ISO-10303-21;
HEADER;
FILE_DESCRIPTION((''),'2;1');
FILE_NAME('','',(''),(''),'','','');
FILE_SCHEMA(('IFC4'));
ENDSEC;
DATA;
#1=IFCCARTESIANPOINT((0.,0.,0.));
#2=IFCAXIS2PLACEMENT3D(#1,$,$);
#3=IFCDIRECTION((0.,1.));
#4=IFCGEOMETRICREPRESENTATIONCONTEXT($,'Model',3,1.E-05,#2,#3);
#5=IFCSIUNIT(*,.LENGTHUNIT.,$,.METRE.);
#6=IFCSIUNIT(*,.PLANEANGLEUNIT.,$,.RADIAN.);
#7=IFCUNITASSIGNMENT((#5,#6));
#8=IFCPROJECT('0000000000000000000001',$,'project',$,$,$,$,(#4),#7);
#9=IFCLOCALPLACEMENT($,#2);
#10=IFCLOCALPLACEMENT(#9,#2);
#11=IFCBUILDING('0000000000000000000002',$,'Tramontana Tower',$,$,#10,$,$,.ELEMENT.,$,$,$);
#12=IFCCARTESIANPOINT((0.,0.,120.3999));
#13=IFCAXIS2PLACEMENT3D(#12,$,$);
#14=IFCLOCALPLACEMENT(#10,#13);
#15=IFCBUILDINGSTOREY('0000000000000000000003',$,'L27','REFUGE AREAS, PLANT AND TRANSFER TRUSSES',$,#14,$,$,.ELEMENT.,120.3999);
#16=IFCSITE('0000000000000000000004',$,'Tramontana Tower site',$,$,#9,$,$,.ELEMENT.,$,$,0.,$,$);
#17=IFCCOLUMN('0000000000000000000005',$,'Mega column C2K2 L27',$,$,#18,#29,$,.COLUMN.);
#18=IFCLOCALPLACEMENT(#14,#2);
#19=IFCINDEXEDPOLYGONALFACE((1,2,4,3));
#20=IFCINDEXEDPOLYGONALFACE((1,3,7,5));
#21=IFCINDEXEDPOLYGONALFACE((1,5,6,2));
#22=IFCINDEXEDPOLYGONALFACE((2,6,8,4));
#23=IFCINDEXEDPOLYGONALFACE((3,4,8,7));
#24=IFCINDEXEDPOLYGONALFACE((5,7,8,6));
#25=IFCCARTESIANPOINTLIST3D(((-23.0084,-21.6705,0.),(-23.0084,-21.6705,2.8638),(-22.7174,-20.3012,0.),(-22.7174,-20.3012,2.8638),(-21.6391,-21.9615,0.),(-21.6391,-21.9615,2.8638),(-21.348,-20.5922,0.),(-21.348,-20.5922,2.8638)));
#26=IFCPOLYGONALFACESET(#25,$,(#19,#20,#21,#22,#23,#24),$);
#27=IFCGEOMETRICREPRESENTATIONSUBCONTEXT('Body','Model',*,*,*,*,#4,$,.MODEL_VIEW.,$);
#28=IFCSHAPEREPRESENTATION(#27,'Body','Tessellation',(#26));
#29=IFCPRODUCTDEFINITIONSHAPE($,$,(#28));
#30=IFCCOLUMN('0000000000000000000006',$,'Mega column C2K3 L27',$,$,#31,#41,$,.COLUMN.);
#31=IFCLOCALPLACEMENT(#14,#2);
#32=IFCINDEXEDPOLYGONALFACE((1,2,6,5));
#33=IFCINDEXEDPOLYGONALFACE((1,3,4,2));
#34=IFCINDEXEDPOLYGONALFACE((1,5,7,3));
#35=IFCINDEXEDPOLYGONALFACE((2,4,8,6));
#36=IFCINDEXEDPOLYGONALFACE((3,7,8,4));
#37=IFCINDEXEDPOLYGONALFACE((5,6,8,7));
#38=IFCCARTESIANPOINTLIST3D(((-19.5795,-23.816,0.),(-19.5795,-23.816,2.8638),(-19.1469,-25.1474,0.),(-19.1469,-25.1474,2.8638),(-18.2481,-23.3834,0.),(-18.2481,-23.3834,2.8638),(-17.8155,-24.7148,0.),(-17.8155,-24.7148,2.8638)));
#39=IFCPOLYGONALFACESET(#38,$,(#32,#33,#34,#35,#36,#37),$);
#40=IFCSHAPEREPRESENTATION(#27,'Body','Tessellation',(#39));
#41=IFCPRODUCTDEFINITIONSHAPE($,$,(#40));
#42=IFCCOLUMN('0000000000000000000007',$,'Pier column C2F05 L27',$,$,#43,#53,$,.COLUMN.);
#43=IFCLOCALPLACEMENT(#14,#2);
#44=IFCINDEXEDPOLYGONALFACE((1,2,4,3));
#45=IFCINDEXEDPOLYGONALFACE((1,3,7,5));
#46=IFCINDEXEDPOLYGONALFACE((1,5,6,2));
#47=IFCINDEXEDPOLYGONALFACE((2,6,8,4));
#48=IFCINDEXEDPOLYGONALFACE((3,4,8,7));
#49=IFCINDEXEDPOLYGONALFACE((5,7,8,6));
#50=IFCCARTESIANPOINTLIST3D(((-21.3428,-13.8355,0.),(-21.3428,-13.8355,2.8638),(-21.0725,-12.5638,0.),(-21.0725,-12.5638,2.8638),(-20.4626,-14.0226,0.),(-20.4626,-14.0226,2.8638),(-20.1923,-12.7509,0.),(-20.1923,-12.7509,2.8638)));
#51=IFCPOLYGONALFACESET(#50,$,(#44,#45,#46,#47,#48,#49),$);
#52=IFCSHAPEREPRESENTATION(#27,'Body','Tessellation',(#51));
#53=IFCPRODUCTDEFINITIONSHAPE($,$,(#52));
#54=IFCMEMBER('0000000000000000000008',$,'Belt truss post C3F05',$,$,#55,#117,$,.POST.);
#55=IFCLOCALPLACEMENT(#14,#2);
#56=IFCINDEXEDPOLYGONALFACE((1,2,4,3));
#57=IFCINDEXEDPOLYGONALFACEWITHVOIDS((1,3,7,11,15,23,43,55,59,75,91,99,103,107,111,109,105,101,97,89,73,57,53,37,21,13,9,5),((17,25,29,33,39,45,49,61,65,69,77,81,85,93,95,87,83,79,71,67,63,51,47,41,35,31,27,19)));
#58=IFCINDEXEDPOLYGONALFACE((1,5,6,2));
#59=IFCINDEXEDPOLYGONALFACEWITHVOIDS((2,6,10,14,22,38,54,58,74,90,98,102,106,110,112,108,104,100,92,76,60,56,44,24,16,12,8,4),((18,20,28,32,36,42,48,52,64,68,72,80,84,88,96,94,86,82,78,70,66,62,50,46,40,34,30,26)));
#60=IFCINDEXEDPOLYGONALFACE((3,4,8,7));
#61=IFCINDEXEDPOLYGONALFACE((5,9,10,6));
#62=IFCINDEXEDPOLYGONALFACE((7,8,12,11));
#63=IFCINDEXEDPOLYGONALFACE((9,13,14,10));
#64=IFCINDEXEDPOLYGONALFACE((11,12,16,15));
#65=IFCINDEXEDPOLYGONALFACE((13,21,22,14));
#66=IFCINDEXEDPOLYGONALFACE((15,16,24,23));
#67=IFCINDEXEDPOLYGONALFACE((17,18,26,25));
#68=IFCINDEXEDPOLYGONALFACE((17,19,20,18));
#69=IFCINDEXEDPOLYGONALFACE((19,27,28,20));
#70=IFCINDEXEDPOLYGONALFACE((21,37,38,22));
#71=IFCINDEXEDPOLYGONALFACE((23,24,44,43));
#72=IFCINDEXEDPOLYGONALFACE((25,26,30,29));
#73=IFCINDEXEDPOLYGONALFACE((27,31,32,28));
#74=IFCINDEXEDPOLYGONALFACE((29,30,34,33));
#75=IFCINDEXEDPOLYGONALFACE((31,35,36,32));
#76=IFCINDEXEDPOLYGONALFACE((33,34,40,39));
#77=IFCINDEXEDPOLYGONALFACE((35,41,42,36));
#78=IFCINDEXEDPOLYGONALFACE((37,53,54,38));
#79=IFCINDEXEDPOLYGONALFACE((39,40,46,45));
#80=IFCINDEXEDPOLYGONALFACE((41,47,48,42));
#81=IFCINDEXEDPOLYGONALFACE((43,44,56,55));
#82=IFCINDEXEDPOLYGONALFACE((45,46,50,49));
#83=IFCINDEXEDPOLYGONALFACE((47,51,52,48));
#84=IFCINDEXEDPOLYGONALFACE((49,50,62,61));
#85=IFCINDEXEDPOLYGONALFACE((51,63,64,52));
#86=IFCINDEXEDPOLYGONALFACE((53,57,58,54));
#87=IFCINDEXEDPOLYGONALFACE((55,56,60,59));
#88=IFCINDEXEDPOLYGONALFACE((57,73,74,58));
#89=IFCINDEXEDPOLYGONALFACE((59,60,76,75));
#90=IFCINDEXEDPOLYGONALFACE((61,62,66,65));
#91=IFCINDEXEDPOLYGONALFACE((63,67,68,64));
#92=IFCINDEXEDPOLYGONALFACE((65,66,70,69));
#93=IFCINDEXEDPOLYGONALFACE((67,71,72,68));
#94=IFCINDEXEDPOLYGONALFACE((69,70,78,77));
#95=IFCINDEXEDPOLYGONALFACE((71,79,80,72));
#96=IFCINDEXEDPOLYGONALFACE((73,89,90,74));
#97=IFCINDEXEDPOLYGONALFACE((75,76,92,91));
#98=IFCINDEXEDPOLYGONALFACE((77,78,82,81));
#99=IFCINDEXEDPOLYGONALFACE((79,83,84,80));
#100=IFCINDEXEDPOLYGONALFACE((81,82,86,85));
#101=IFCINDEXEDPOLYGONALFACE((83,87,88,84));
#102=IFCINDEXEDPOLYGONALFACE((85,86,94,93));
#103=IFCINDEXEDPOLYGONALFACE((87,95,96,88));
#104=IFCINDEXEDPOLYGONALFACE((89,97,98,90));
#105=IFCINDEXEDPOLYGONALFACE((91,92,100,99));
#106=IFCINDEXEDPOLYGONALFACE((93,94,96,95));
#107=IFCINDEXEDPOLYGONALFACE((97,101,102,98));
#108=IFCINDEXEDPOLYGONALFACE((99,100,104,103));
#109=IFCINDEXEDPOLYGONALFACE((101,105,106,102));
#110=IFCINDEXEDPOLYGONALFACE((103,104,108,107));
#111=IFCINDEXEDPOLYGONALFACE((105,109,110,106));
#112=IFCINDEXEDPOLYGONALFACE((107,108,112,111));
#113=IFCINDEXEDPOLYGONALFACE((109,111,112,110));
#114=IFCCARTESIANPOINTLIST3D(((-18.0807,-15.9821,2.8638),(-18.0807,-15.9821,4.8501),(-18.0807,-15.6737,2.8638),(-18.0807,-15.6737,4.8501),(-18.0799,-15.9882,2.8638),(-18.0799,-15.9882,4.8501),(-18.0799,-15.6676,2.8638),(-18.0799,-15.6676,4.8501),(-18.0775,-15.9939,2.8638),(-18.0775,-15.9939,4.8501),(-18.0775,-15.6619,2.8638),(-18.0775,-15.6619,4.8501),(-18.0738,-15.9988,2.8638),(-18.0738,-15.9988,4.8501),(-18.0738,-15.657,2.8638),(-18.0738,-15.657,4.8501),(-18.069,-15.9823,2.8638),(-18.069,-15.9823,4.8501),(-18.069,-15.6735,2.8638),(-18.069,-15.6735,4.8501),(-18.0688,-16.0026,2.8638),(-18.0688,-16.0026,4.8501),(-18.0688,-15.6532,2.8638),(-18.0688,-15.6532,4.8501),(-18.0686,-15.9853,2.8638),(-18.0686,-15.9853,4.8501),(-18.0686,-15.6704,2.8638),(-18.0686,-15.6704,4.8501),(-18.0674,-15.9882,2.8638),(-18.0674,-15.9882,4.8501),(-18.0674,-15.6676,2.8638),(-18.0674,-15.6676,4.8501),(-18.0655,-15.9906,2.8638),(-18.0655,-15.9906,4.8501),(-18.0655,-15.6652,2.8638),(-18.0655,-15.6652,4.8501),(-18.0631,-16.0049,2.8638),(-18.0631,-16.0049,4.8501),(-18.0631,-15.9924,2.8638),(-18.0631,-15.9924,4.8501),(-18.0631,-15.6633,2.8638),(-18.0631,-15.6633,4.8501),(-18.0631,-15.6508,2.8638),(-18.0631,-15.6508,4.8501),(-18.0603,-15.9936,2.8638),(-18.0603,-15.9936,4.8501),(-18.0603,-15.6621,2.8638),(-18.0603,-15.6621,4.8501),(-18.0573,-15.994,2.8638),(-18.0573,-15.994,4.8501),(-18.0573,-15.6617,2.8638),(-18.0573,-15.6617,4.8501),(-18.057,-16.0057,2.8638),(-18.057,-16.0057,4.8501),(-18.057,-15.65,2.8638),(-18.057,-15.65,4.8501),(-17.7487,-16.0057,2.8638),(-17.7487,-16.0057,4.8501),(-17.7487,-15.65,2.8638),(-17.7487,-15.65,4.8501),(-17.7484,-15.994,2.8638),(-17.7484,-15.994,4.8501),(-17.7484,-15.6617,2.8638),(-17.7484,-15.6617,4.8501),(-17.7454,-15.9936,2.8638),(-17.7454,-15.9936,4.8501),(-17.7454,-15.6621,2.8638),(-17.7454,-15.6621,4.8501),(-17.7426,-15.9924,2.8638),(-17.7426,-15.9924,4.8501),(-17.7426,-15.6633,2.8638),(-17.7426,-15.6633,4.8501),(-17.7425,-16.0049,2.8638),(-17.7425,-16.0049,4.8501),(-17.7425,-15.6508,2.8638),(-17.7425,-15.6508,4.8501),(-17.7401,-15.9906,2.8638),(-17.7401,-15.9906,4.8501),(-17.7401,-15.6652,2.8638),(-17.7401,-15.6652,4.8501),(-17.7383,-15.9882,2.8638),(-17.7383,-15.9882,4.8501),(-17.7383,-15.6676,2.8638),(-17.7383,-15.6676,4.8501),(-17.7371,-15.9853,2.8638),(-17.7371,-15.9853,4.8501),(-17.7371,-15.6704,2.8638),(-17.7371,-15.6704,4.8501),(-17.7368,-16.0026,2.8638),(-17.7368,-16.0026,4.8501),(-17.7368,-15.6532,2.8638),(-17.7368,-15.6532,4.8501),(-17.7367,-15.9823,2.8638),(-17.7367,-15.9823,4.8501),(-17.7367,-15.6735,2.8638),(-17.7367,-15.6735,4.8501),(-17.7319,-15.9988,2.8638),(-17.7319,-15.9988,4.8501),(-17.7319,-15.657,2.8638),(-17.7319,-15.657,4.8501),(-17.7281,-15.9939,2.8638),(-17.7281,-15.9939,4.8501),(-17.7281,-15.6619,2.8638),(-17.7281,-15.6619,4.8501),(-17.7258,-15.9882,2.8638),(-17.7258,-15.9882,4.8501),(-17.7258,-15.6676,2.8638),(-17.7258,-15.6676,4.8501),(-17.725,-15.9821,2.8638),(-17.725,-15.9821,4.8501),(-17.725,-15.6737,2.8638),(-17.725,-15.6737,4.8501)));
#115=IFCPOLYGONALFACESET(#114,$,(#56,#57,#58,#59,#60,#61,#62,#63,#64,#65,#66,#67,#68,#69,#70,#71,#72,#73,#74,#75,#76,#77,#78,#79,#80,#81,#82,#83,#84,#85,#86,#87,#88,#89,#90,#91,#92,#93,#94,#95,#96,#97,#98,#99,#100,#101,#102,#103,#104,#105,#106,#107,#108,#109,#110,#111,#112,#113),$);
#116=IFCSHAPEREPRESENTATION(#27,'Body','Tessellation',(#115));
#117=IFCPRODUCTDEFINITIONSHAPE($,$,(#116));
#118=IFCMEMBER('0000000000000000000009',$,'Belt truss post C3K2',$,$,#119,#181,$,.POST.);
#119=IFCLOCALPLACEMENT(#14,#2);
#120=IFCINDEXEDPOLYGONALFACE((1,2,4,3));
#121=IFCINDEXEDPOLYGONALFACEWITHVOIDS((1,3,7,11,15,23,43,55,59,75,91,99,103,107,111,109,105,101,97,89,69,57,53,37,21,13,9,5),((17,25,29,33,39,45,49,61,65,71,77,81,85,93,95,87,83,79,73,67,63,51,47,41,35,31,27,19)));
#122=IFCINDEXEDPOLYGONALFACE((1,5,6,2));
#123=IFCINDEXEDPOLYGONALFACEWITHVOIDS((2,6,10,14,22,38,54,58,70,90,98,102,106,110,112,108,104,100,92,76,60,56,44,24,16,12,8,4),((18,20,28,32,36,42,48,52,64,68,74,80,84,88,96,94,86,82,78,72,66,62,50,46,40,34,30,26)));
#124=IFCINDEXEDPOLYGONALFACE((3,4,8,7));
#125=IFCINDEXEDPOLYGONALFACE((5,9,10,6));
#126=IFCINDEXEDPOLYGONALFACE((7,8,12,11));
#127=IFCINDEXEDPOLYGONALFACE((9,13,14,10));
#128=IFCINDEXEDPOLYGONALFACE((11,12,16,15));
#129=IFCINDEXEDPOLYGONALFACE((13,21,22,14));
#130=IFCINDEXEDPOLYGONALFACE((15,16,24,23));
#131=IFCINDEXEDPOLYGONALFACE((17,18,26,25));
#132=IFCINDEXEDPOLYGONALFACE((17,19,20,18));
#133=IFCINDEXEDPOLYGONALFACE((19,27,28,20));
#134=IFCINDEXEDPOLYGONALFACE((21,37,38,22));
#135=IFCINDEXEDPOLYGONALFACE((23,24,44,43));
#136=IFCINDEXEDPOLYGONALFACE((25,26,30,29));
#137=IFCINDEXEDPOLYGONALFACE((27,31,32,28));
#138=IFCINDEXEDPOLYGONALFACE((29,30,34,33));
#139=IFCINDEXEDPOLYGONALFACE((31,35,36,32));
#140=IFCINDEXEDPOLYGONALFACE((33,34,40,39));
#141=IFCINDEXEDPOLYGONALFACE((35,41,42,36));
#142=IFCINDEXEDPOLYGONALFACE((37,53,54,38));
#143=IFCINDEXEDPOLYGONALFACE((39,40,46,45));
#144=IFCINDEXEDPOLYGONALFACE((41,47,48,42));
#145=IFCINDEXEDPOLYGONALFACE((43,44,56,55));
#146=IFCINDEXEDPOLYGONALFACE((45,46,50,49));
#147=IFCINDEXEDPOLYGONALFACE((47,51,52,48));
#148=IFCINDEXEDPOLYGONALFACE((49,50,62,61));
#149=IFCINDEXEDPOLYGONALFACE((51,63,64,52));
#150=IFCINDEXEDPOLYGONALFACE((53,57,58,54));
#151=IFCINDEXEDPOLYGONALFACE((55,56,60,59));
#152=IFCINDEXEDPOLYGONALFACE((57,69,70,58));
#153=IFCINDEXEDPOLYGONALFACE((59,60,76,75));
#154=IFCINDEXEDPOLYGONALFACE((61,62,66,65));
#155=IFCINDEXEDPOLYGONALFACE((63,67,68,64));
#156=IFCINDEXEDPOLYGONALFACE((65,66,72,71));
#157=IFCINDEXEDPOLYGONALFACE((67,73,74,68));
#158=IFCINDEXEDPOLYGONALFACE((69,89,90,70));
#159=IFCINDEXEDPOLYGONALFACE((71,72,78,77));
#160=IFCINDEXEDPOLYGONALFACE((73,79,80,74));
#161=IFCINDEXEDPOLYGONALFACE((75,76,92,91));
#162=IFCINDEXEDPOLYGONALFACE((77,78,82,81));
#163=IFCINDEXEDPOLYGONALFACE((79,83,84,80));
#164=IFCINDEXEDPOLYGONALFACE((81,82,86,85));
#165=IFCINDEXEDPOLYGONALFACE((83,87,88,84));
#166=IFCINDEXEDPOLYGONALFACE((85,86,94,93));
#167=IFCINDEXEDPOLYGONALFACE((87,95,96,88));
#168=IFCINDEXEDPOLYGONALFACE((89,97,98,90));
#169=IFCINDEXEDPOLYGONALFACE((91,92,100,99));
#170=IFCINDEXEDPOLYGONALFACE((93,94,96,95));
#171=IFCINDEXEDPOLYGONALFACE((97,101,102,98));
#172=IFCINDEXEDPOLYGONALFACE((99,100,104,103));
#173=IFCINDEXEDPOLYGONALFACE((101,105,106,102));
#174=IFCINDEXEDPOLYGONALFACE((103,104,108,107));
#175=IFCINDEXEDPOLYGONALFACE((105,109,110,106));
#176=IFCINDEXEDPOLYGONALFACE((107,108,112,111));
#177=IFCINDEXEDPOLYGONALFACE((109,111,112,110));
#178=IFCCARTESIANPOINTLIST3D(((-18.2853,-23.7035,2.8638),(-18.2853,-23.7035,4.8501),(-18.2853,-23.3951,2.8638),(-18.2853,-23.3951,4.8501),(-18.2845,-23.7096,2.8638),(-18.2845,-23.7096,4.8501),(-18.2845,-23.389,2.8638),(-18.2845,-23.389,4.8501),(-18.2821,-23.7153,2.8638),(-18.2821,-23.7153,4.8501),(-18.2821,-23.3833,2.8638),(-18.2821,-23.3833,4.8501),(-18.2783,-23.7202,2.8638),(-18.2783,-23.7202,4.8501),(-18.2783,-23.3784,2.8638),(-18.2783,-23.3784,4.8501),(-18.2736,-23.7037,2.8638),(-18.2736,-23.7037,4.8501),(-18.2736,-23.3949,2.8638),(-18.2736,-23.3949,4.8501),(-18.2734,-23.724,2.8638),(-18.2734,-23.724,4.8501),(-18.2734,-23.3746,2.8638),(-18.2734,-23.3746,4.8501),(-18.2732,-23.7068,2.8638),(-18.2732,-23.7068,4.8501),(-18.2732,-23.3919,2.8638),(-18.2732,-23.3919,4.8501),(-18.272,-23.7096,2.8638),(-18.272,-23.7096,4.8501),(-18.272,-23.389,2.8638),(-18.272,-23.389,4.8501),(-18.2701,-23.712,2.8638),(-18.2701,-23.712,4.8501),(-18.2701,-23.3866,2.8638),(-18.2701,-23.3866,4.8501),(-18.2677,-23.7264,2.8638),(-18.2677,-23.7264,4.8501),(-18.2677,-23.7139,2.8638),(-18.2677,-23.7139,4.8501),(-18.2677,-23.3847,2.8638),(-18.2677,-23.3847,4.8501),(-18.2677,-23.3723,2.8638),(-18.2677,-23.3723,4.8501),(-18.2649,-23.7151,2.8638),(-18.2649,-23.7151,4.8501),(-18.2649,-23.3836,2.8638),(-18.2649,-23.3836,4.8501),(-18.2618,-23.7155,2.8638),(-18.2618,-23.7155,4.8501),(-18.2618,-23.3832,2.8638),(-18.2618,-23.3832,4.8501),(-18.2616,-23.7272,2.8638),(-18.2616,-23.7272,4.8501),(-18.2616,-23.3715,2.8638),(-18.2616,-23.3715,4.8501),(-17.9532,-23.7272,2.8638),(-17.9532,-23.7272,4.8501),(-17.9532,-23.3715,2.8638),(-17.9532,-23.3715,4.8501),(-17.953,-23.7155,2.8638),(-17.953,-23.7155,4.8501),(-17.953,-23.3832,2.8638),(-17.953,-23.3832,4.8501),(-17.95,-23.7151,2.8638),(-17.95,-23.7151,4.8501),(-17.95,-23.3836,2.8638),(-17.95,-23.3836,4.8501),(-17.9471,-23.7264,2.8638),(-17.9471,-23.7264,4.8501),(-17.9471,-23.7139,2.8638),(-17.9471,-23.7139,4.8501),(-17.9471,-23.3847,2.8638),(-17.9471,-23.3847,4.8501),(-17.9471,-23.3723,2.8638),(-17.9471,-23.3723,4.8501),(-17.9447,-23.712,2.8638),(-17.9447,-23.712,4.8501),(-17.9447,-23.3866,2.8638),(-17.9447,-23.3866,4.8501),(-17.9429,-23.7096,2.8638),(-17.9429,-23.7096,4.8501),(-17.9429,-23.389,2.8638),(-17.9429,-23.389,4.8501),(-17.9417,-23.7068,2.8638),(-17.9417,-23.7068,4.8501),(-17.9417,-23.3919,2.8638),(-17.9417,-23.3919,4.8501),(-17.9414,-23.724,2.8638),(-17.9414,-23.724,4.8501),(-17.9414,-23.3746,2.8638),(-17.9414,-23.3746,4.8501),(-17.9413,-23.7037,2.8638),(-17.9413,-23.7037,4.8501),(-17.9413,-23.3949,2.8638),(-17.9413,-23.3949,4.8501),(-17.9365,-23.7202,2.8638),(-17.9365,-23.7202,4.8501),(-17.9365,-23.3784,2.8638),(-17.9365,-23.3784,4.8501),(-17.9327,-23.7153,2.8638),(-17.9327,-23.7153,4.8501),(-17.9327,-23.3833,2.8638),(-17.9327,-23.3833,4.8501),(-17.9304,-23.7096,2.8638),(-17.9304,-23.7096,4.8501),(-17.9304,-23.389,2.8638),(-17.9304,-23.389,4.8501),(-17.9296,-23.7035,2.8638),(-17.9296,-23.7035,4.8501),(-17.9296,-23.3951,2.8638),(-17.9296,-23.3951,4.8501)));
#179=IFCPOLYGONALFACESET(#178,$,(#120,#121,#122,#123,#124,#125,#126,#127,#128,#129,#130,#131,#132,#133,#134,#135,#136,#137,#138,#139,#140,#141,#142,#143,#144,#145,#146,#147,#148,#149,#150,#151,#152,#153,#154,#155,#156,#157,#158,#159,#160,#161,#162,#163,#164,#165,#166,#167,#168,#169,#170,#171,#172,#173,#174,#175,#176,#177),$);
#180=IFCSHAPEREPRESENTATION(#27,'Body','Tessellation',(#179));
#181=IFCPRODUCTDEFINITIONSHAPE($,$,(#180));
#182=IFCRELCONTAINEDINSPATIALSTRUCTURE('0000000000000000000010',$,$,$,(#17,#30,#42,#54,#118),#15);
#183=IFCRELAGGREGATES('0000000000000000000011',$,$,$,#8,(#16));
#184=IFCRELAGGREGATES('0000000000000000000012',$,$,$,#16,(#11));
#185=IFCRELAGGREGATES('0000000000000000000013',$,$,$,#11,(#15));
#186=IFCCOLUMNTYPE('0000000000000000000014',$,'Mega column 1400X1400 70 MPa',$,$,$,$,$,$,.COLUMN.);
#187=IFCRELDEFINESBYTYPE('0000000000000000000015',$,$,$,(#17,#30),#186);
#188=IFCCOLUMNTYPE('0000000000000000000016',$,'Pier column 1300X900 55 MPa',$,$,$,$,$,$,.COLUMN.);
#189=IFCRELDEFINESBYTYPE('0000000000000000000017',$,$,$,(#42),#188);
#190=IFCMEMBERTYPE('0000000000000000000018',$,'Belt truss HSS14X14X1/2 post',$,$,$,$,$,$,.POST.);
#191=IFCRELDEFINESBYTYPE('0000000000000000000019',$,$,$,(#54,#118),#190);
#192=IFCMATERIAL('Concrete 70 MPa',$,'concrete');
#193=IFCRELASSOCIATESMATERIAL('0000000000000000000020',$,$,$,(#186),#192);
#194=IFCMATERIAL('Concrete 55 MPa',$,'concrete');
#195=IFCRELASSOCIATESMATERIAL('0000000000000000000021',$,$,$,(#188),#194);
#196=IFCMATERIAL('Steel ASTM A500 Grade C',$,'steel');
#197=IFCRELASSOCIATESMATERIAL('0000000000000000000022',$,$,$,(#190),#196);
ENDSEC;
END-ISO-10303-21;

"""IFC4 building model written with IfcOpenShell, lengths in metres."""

from ifc_helpers import new_model, si_unit, direction, frame, origin, origin_2d, place, context, subcontext, project, spatial, rectangle, hollow_rectangle, extrude, material, material_profile, profile_set, type_object, element, save


model = new_model("IFC4")

# Units and contexts
model_context = context("Model", 3, precision=1e-05, world=origin(), true_north=direction((0.0, 1.0)))
body_context = subcontext(model_context, "Body", "Model", "MODEL_VIEW")
ifc_project = project(units=[si_unit("LENGTHUNIT", "METRE"), si_unit("PLANEANGLEUNIT", "RADIAN")], contexts=[model_context])

# Site, building, storey
site_placement = place(None, origin())
site = spatial("IfcSite", under=ifc_project, at=site_placement, Name="Tramontana Tower site", CompositionType="ELEMENT", RefElevation=0.0)
building_placement = place(site_placement, origin())
building = spatial("IfcBuilding", under=site, at=building_placement, Name="Tramontana Tower", CompositionType="ELEMENT")
storey_placement = place(building_placement, frame((0.0, 0.0, 120.3999)))
storey = spatial("IfcBuildingStorey", under=building, at=storey_placement, Name="L27", Description="REFUGE AREAS, PLANT AND TRANSFER TRUSSES", CompositionType="ELEMENT", Elevation=120.3999)

# Columns
ifc_material_1 = material(Name="Concrete 70 MPa", Category="concrete")
ifc_material_profile_1 = material_profile(ifc_material_1, rectangle(XDim=1.3999, YDim=1.3999, at=origin_2d()), Name="Mega column 1400X1400 70 MPa")
ifc_profile_set_1 = profile_set([ifc_material_profile_1], Name="Concrete 70 MPa")
column_type_1 = type_object("IfcColumnType", Name="Mega column 1400X1400 70 MPa", PredefinedType="COLUMN", material=ifc_profile_set_1)
for number, where, z_axis, x_axis, name in (
    (1, (-22.1782, -21.1313, 0.0), (0.0, 0.0, 1.0), (-0.207912, -0.978148, 0.0), "Mega column C2K2 L27"),
    (2, (-18.6975, -24.2654, 0.0), (0.0, 0.0, 1.0), (0.951057, 0.309017, 0.0), "Mega column C2K3 L27"),
):
    element("IfcColumn", number, at=place(storey_placement, frame(where, z_axis=z_axis, x_axis=x_axis)), inside=storey, type_object=column_type_1, Name=name, PredefinedType="COLUMN", context=body_context, shape_type="SweptSolid", body=[
        extrude(rectangle(XDim=1.3999, YDim=1.3999, at=origin_2d()), origin(), (0.0, 0.0, 1.0), 2.8638),
    ])
ifc_material_2 = material(Name="Concrete 55 MPa", Category="concrete")
ifc_material_profile_2 = material_profile(ifc_material_2, rectangle(XDim=1.3, YDim=0.8999, at=origin_2d()), Name="Pier column 1300X900 55 MPa")
ifc_profile_set_2 = profile_set([ifc_material_profile_2], Name="Concrete 55 MPa")
column_type_2 = type_object("IfcColumnType", Name="Pier column 1300X900 55 MPa", PredefinedType="COLUMN", material=ifc_profile_set_2)
column_placement = place(storey_placement, frame((-20.7676, -13.2932, 0.0), z_axis=(0.0, 0.0, 1.0), x_axis=(-0.207912, -0.978148, 0.0)))
element("IfcColumn", 3, at=column_placement, inside=storey, type_object=column_type_2, Name="Pier column C2F05 L27", PredefinedType="COLUMN", context=body_context, shape_type="SweptSolid", body=[
    extrude(rectangle(XDim=1.3, YDim=0.8999, at=origin_2d()), origin(), (0.0, 0.0, 1.0), 2.8638),
])

# Members
ifc_material_3 = material(Name="Steel ASTM A500 Grade C", Category="steel")
ifc_material_profile_3 = material_profile(ifc_material_3, hollow_rectangle(XDim=0.3557, YDim=0.3557, WallThickness=0.0117, InnerFilletRadius=0.0117, OuterFilletRadius=0.0237, at=origin_2d()), Name="HSS14X14X1/2")
ifc_profile_set_3 = profile_set([ifc_material_profile_3], Name="Steel ASTM A500 Grade C")
member_type_1 = type_object("IfcMemberType", Name="Belt truss HSS14X14X1/2 post", PredefinedType="POST", material=ifc_profile_set_3)
for number, where, z_axis, x_axis, name in (
    (4, (-17.9028, -15.8279, 2.8638), (0.0, 0.0, 1.0), (1.0, 0.0, 0.0), "Belt truss post C3F05"),
    (5, (-18.1074, -23.5493, 2.8638), (0.0, 0.0, 1.0), (1.0, 0.0, 0.0), "Belt truss post C3K2"),
):
    element("IfcMember", number, at=place(storey_placement, frame(where, z_axis=z_axis, x_axis=x_axis)), inside=storey, type_object=member_type_1, Name=name, PredefinedType="POST", context=body_context, shape_type="SweptSolid", body=[
        extrude(hollow_rectangle(XDim=0.3557, YDim=0.3557, WallThickness=0.0117, InnerFilletRadius=0.0117, OuterFilletRadius=0.0237, at=origin_2d()), origin(), (0.0, 0.0, 1.0), 1.9863),
    ])

save(model, "model.ifc")
